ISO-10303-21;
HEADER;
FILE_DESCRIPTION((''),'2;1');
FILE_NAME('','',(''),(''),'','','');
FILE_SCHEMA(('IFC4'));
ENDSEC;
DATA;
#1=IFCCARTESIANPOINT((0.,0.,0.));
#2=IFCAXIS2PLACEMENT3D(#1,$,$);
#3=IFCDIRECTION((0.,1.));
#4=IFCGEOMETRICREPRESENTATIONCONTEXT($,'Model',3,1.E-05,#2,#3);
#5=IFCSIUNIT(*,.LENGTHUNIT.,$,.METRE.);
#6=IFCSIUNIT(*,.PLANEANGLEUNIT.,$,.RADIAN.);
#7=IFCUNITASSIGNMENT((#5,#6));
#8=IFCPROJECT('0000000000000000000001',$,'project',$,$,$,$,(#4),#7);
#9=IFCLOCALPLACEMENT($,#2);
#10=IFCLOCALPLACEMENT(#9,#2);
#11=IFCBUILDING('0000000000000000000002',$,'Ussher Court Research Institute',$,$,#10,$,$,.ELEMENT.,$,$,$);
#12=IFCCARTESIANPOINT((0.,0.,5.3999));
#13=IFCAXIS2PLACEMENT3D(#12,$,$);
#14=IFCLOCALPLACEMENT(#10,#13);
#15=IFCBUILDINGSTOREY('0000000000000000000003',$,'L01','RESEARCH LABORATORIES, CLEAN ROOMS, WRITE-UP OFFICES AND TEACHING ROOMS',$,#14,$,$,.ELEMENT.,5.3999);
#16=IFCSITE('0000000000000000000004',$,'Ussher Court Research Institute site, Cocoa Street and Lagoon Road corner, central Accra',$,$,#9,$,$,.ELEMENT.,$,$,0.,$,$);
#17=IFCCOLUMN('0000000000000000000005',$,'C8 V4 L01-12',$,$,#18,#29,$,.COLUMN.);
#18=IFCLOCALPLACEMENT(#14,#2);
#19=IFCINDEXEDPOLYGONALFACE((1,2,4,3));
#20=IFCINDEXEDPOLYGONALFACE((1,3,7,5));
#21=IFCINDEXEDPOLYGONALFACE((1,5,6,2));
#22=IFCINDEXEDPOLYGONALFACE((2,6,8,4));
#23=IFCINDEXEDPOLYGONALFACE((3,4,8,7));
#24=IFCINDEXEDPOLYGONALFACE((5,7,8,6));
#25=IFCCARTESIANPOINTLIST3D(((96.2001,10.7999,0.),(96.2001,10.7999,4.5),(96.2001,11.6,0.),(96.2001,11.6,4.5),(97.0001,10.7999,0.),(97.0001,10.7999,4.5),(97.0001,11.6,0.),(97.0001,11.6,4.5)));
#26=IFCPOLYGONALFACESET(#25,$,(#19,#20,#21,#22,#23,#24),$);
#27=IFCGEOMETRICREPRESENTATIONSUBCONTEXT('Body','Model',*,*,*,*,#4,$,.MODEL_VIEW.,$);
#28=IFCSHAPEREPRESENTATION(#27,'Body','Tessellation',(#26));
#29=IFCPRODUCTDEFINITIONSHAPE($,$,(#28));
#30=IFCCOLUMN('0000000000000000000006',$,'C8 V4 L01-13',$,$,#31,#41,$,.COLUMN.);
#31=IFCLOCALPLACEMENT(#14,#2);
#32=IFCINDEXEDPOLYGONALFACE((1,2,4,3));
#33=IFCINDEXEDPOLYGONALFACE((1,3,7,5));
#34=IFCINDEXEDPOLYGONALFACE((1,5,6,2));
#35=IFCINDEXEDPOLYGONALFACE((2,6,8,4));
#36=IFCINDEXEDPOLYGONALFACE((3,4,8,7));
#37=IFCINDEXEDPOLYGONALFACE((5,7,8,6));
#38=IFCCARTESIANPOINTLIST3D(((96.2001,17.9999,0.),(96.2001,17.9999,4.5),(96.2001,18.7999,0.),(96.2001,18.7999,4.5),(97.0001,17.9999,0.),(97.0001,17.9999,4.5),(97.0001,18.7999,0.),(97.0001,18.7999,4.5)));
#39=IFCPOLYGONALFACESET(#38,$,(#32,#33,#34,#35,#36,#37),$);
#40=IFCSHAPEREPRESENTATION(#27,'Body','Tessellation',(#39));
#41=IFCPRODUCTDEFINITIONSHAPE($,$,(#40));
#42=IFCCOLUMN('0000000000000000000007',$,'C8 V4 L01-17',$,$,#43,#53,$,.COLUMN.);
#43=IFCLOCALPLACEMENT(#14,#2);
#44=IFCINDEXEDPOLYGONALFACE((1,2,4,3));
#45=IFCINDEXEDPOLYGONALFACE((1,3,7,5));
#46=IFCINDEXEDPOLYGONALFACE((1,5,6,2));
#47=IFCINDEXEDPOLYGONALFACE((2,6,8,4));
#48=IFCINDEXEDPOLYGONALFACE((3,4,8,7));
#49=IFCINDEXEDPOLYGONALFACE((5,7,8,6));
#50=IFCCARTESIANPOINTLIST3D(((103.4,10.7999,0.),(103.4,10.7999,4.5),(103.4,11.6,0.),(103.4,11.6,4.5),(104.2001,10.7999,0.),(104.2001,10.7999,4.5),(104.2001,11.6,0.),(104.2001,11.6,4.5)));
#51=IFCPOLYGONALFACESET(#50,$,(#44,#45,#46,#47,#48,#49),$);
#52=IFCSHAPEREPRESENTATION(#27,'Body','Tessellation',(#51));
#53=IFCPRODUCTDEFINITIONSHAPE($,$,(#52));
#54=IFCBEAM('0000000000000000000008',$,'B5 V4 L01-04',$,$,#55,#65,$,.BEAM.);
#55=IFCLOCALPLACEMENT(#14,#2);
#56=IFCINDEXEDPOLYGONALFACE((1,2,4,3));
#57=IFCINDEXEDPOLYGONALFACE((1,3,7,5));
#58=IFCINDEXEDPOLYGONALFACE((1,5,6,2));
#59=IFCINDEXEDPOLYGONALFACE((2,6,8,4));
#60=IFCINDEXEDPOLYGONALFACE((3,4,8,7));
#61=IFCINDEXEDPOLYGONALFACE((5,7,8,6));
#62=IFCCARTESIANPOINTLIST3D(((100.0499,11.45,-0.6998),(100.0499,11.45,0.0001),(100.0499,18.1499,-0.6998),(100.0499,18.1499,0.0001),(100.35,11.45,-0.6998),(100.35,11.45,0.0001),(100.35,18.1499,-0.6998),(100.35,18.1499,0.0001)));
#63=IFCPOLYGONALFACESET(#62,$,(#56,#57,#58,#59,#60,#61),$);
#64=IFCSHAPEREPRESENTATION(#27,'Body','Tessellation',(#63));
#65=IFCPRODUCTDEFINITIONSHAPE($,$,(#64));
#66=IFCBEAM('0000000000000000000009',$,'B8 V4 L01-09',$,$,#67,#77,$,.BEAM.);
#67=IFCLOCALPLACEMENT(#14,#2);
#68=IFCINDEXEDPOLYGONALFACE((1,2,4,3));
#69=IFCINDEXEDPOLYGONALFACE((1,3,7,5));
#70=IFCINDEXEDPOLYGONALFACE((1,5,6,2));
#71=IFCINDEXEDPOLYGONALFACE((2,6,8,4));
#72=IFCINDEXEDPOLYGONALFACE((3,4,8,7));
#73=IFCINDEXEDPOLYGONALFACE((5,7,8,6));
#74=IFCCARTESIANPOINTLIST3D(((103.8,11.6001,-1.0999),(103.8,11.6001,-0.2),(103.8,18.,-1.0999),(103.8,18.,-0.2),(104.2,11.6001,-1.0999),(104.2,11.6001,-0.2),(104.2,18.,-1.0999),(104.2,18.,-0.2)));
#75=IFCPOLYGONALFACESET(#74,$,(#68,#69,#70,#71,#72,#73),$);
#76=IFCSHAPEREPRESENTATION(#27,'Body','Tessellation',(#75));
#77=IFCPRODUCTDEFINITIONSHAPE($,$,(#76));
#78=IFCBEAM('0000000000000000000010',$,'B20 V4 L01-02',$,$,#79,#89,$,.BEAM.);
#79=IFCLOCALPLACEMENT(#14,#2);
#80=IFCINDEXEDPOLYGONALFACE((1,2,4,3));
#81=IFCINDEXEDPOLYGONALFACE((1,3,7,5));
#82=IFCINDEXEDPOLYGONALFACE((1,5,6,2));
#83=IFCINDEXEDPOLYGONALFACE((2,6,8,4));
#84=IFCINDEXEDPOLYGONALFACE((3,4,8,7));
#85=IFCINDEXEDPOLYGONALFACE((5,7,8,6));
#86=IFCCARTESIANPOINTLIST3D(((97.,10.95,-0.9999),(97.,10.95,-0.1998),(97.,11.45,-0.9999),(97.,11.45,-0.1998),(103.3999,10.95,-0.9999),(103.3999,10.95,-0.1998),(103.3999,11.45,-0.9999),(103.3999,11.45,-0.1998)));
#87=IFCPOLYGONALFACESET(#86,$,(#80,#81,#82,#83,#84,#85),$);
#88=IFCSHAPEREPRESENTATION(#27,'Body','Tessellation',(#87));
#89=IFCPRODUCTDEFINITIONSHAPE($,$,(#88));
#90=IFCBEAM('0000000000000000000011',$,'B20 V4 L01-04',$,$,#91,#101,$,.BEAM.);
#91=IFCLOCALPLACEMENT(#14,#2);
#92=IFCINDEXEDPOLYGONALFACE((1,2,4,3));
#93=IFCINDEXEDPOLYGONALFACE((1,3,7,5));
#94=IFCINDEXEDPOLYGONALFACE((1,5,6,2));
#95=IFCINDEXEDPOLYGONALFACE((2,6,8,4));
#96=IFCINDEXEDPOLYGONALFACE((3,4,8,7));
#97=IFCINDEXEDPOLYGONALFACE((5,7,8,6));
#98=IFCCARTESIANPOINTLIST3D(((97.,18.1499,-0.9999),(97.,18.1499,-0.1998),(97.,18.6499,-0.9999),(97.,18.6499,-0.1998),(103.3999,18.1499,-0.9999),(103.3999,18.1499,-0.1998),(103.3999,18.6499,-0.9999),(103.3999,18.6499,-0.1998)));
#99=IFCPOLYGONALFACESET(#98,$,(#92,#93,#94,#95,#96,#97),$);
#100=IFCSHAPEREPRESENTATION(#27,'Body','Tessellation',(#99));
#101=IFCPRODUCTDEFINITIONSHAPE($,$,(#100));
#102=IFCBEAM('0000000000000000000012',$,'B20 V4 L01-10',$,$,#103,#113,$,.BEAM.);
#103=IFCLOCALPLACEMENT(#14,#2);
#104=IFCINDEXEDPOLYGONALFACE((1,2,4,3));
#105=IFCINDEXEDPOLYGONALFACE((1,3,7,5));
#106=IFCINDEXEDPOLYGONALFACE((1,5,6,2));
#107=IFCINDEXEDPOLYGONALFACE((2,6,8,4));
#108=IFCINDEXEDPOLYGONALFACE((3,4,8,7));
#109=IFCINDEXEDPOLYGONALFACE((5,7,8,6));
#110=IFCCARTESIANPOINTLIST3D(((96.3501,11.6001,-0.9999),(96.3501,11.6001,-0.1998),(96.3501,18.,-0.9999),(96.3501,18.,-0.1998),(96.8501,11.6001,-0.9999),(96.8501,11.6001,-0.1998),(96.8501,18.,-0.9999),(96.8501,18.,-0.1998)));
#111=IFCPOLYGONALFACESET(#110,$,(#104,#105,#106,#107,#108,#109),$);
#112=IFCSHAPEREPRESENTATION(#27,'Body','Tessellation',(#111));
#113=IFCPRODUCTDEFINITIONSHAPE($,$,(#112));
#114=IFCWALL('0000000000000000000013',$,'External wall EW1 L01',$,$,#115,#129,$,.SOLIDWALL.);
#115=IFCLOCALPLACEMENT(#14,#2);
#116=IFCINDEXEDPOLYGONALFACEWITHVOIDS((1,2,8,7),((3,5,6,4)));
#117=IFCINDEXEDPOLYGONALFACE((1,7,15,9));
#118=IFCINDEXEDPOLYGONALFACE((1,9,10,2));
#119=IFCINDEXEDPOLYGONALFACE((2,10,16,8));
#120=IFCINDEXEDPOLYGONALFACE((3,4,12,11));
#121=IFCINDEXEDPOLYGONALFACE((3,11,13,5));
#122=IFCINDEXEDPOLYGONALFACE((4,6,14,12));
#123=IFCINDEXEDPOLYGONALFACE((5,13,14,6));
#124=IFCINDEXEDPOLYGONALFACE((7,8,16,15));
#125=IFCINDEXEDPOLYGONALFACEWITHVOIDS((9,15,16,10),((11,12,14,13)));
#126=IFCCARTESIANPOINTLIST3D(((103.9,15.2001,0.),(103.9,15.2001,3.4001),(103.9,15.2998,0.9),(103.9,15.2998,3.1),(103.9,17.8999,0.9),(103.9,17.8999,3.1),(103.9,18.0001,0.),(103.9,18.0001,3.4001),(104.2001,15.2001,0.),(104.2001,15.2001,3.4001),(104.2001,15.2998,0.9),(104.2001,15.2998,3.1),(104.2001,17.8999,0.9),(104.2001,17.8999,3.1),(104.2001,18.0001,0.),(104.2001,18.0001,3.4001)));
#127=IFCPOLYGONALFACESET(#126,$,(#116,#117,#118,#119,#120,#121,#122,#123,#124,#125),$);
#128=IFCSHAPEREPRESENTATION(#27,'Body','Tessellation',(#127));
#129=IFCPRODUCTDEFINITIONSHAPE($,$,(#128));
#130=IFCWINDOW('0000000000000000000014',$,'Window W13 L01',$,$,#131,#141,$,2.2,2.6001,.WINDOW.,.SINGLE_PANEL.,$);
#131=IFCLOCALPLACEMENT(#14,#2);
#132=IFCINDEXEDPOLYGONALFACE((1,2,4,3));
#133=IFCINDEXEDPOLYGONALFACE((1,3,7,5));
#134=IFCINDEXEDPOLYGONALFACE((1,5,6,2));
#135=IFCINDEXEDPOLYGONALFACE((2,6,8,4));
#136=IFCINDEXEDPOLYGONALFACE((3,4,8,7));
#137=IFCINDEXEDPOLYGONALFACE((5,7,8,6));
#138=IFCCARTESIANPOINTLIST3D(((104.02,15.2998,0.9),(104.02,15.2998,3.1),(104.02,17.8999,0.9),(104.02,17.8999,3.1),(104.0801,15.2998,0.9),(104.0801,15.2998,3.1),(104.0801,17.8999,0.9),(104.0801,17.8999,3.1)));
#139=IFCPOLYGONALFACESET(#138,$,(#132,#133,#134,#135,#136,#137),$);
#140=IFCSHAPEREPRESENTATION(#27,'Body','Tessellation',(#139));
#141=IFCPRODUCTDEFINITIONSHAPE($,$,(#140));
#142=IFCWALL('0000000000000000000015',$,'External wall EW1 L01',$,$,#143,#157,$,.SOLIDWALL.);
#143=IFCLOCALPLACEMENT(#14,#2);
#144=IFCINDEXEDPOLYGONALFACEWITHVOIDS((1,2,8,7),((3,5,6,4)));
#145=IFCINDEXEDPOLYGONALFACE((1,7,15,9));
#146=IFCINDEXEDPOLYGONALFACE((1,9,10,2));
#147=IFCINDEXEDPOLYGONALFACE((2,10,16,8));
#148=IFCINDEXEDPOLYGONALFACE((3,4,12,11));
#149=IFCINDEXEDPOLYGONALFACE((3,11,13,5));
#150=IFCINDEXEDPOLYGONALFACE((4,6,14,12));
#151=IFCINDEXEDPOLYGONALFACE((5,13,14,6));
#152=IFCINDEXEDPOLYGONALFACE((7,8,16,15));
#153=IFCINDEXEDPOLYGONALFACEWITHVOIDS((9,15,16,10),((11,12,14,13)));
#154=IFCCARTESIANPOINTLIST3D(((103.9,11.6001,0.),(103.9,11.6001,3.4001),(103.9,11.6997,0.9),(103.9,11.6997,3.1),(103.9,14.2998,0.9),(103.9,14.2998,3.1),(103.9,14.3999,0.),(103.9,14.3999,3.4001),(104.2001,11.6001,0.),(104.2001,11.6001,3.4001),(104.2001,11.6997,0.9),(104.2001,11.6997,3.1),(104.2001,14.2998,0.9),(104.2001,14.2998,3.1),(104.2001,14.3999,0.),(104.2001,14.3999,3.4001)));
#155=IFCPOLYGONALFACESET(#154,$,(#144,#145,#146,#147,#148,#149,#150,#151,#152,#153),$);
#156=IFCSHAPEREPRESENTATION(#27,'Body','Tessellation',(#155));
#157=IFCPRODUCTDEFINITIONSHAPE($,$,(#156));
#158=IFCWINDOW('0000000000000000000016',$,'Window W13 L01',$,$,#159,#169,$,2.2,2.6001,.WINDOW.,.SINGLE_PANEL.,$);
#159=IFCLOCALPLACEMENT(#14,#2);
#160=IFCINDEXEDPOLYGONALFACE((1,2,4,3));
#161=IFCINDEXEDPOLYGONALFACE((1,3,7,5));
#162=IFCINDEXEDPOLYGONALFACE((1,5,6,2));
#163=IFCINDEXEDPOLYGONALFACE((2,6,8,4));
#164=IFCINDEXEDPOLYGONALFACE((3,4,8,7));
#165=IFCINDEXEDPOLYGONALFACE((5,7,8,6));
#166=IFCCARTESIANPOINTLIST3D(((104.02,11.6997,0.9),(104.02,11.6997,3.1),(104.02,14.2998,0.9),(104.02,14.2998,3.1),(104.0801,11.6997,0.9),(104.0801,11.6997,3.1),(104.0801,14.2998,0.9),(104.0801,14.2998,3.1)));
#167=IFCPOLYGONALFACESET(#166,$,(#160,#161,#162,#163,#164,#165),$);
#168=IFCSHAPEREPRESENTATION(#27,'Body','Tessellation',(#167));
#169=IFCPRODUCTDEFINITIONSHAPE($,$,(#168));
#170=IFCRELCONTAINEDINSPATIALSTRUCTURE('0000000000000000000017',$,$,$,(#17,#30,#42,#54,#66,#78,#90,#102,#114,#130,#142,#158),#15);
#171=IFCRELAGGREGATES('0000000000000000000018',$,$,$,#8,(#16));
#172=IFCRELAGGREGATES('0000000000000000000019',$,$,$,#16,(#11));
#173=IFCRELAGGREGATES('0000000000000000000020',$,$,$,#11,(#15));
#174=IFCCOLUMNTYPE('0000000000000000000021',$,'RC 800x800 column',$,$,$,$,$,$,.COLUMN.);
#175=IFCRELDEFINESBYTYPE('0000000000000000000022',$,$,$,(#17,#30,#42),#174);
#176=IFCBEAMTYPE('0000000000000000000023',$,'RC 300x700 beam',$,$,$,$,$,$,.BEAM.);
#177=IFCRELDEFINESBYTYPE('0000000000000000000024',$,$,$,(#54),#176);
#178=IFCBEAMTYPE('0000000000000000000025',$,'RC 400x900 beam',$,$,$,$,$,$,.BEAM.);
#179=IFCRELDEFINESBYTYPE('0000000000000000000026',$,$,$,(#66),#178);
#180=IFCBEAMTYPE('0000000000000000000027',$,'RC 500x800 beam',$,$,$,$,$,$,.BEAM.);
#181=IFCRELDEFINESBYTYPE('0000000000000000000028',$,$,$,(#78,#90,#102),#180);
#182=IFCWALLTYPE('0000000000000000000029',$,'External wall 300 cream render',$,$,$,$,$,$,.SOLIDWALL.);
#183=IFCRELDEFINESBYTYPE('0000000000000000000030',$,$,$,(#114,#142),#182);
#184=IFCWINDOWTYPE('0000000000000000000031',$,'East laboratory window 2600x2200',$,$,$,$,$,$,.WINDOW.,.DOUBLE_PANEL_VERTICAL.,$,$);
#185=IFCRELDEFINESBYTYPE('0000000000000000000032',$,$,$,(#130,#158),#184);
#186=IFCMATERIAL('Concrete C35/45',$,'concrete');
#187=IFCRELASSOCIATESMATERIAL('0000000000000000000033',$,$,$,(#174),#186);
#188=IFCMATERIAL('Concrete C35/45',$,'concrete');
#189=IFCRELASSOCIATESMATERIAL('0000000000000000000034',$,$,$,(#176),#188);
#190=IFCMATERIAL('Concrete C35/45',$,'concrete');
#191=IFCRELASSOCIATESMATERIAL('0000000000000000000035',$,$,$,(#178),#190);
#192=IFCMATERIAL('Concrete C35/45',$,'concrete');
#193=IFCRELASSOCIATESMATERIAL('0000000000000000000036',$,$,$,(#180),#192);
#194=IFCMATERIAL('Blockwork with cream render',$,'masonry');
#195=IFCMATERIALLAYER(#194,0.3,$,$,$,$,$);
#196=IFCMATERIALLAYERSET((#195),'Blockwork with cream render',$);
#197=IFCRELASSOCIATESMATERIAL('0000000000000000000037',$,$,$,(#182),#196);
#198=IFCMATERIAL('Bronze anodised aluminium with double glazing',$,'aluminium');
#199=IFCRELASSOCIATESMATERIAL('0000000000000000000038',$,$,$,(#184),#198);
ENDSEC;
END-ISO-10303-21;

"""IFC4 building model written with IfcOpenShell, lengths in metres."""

from ifc_helpers import new_model, si_unit, direction, frame, frame_2d, origin, origin_2d, place, context, subcontext, project, spatial, rectangle, extrude, material, layer, layer_set, material_profile, profile_set, type_object, element, fill, save


model = new_model("IFC4")

# Units and contexts
model_context = context("Model", 3, precision=1e-05, world=origin(), true_north=direction((0.0, 1.0)))
body_context = subcontext(model_context, "Body", "Model", "MODEL_VIEW")
ifc_project = project(units=[si_unit("LENGTHUNIT", "METRE"), si_unit("PLANEANGLEUNIT", "RADIAN")], contexts=[model_context])

# Site, building, storey
site_placement = place(None, origin())
site = spatial("IfcSite", under=ifc_project, at=site_placement, Name="Ussher Court Research Institute site, Cocoa Street and Lagoon Road corner, central Accra", CompositionType="ELEMENT", RefElevation=0.0)
building_placement = place(site_placement, origin())
building = spatial("IfcBuilding", under=site, at=building_placement, Name="Ussher Court Research Institute", CompositionType="ELEMENT")
storey_placement = place(building_placement, frame((0.0, 0.0, 5.3999)))
storey = spatial("IfcBuildingStorey", under=building, at=storey_placement, Name="L01", Description="RESEARCH LABORATORIES, CLEAN ROOMS, WRITE-UP OFFICES AND TEACHING ROOMS", CompositionType="ELEMENT", Elevation=5.3999)

# Columns
ifc_material_1 = material(Name="Concrete C35/45", Category="concrete")
ifc_material_profile_1 = material_profile(ifc_material_1, rectangle(XDim=0.8, YDim=0.8, at=origin_2d()), Name="RC 800x800")
ifc_profile_set_1 = profile_set([ifc_material_profile_1], Name="Concrete C35/45")
column_type = type_object("IfcColumnType", Name="RC 800x800 column", PredefinedType="COLUMN", material=ifc_profile_set_1)
for number, where, z_axis, x_axis, name in (
    (1, (96.6001, 11.2, 0.0), (0.0, 0.0, 1.0), (1.0, 0.0, 0.0), "C8 V4 L01-12"),
    (2, (96.6001, 18.3999, 0.0), (0.0, 0.0, 1.0), (1.0, 0.0, 0.0), "C8 V4 L01-13"),
    (3, (103.8, 11.2, 0.0), (0.0, 0.0, 1.0), (1.0, 0.0, 0.0), "C8 V4 L01-17"),
):
    element("IfcColumn", number, at=place(storey_placement, frame(where, z_axis=z_axis, x_axis=x_axis)), inside=storey, type_object=column_type, Name=name, PredefinedType="COLUMN", context=body_context, shape_type="SweptSolid", body=[
        extrude(rectangle(XDim=0.8, YDim=0.8, at=origin_2d()), origin(), (0.0, 0.0, 1.0), 4.5),
    ])

# Beams
ifc_material_2 = material(Name="Concrete C35/45", Category="concrete")
ifc_material_profile_2 = material_profile(ifc_material_2, rectangle(XDim=0.3, YDim=0.7, at=origin_2d()), Name="RC 300x700")
ifc_profile_set_2 = profile_set([ifc_material_profile_2], Name="Concrete C35/45")
beam_type_1 = type_object("IfcBeamType", Name="RC 300x700 beam", PredefinedType="BEAM", material=ifc_profile_set_2)
beam_1_placement = place(storey_placement, frame((100.2, 11.45, -0.3499), z_axis=(0.0, 1.0, 0.0), x_axis=(-1.0, 0.0, 0.0)))
element("IfcBeam", 4, at=beam_1_placement, inside=storey, type_object=beam_type_1, Name="B5 V4 L01-04", PredefinedType="BEAM", context=body_context, shape_type="SweptSolid", body=[
    extrude(rectangle(XDim=0.3, YDim=0.7, at=origin_2d()), origin(), (0.0, 0.0, 1.0), 6.7),
])
ifc_material_3 = material(Name="Concrete C35/45", Category="concrete")
ifc_material_profile_3 = material_profile(ifc_material_3, rectangle(XDim=0.3999, YDim=0.8999, at=origin_2d()), Name="RC 400x900")
ifc_profile_set_3 = profile_set([ifc_material_profile_3], Name="Concrete C35/45")
beam_type_2 = type_object("IfcBeamType", Name="RC 400x900 beam", PredefinedType="BEAM", material=ifc_profile_set_3)
beam_2_placement = place(storey_placement, frame((104.0, 11.6001, -0.6499), z_axis=(0.0, 1.0, 0.0), x_axis=(-1.0, 0.0, 0.0)))
element("IfcBeam", 5, at=beam_2_placement, inside=storey, type_object=beam_type_2, Name="B8 V4 L01-09", PredefinedType="BEAM", context=body_context, shape_type="SweptSolid", body=[
    extrude(rectangle(XDim=0.3999, YDim=0.8999, at=origin_2d()), origin(), (0.0, 0.0, 1.0), 6.3999),
])
ifc_material_4 = material(Name="Concrete C35/45", Category="concrete")
ifc_material_profile_4 = material_profile(ifc_material_4, rectangle(XDim=0.5, YDim=0.8, at=origin_2d()), Name="RC 500x800")
ifc_profile_set_4 = profile_set([ifc_material_profile_4], Name="Concrete C35/45")
beam_type_3 = type_object("IfcBeamType", Name="RC 500x800 beam", PredefinedType="BEAM", material=ifc_profile_set_4)
for number, where, z_axis, x_axis, name in (
    (6, (97.0, 11.2, -0.5999), (1.0, 0.0, 0.0), (0.0, 1.0, 0.0), "B20 V4 L01-02"),
    (7, (97.0, 18.3999, -0.5999), (1.0, 0.0, 0.0), (0.0, 1.0, 0.0), "B20 V4 L01-04"),
    (8, (96.6001, 11.6001, -0.5999), (0.0, 1.0, 0.0), (-1.0, 0.0, 0.0), "B20 V4 L01-10"),
):
    element("IfcBeam", number, at=place(storey_placement, frame(where, z_axis=z_axis, x_axis=x_axis)), inside=storey, type_object=beam_type_3, Name=name, PredefinedType="BEAM", context=body_context, shape_type="SweptSolid", body=[
        extrude(rectangle(XDim=0.5, YDim=0.8, at=origin_2d()), origin(), (0.0, 0.0, 1.0), 6.3999),
    ])

# Walls, openings, windows
ifc_material_5 = material(Name="Blockwork with cream render", Category="masonry")
ifc_layer_1 = layer(ifc_material_5, 0.3)
ifc_layer_set_1 = layer_set([ifc_layer_1], Name="Blockwork with cream render")
wall_type_1 = type_object("IfcWallType", Name="External wall 300 cream render", PredefinedType="SOLIDWALL", material=ifc_layer_set_1)
wall_1_placement = place(storey_placement, frame((104.05, 18.0, 0.0), z_axis=(0.0, 0.0, 1.0), x_axis=(0.0, -1.0, 0.0)))
wall_1 = element("IfcWall", 9, at=wall_1_placement, inside=storey, type_object=wall_type_1, Name="External wall EW1 L01", PredefinedType="SOLIDWALL", context=body_context, shape_type="SweptSolid", body=[
    extrude(rectangle(XDim=2.8, YDim=0.3, at=frame_2d((1.3999, 0.0))), origin(), (0.0, 0.0, 1.0), 3.4001),
])
opening_1_placement = place(wall_1_placement, frame((0.1001, 0.0, 0.8999)))
opening_1 = element("IfcOpeningElement", 10, at=opening_1_placement, cuts=wall_1, PredefinedType="OPENING", context=body_context, shape_type="SweptSolid", body=[
    extrude(rectangle(XDim=2.6001, YDim=2.2, at=frame_2d((1.3, 1.1001))), frame((0.0, 0.1602, 0.0), z_axis=(0.0, -1.0, 0.0), x_axis=(1.0, 0.0, 0.0)), (0.0, 0.0, 1.0), 0.3201),
])
ifc_material_6 = material(Name="Bronze anodised aluminium with double glazing", Category="aluminium")
window_type = type_object("IfcWindowType", Name="East laboratory window 2600x2200", PartitioningType="DOUBLE_PANEL_VERTICAL", PredefinedType="WINDOW", material=ifc_material_6)
window_1_placement = place(opening_1_placement, origin())
window_1 = element("IfcWindow", 11, at=window_1_placement, inside=storey, type_object=window_type, Name="Window W13 L01", OverallHeight=2.2, OverallWidth=2.6001, PartitioningType="SINGLE_PANEL", PredefinedType="WINDOW", context=body_context, shape_type="SweptSolid", body=[
    extrude(rectangle(XDim=2.6001, YDim=2.2, at=frame_2d((1.3, 1.1001))), frame((0.0, 0.03, 0.0), z_axis=(0.0, -1.0, 0.0), x_axis=(1.0, 0.0, 0.0)), (0.0, 0.0, 1.0), 0.0601),
])
fill(opening_1, window_1)
wall_2_placement = place(storey_placement, frame((104.05, 14.3999, 0.0), z_axis=(0.0, 0.0, 1.0), x_axis=(0.0, -1.0, 0.0)))
wall_2 = element("IfcWall", 12, at=wall_2_placement, inside=storey, type_object=wall_type_1, Name="External wall EW1 L01", PredefinedType="SOLIDWALL", context=body_context, shape_type="SweptSolid", body=[
    extrude(rectangle(XDim=2.7998, YDim=0.3, at=frame_2d((1.3999, 0.0))), origin(), (0.0, 0.0, 1.0), 3.4001),
])
opening_2_placement = place(wall_2_placement, frame((0.1001, 0.0, 0.8999)))
opening_2 = element("IfcOpeningElement", 13, at=opening_2_placement, cuts=wall_2, PredefinedType="OPENING", context=body_context, shape_type="SweptSolid", body=[
    extrude(rectangle(XDim=2.6001, YDim=2.2, at=frame_2d((1.3, 1.1001))), frame((0.0, 0.1602, 0.0), z_axis=(0.0, -1.0, 0.0), x_axis=(1.0, 0.0, 0.0)), (0.0, 0.0, 1.0), 0.3201),
])
window_2_placement = place(opening_2_placement, origin())
window_2 = element("IfcWindow", 14, at=window_2_placement, inside=storey, type_object=window_type, Name="Window W13 L01", OverallHeight=2.2, OverallWidth=2.6001, PartitioningType="SINGLE_PANEL", PredefinedType="WINDOW", context=body_context, shape_type="SweptSolid", body=[
    extrude(rectangle(XDim=2.6001, YDim=2.2, at=frame_2d((1.3, 1.1001))), frame((0.0, 0.03, 0.0), z_axis=(0.0, -1.0, 0.0), x_axis=(1.0, 0.0, 0.0)), (0.0, 0.0, 1.0), 0.0601),
])
fill(opening_2, window_2)

save(model, "model.ifc")
